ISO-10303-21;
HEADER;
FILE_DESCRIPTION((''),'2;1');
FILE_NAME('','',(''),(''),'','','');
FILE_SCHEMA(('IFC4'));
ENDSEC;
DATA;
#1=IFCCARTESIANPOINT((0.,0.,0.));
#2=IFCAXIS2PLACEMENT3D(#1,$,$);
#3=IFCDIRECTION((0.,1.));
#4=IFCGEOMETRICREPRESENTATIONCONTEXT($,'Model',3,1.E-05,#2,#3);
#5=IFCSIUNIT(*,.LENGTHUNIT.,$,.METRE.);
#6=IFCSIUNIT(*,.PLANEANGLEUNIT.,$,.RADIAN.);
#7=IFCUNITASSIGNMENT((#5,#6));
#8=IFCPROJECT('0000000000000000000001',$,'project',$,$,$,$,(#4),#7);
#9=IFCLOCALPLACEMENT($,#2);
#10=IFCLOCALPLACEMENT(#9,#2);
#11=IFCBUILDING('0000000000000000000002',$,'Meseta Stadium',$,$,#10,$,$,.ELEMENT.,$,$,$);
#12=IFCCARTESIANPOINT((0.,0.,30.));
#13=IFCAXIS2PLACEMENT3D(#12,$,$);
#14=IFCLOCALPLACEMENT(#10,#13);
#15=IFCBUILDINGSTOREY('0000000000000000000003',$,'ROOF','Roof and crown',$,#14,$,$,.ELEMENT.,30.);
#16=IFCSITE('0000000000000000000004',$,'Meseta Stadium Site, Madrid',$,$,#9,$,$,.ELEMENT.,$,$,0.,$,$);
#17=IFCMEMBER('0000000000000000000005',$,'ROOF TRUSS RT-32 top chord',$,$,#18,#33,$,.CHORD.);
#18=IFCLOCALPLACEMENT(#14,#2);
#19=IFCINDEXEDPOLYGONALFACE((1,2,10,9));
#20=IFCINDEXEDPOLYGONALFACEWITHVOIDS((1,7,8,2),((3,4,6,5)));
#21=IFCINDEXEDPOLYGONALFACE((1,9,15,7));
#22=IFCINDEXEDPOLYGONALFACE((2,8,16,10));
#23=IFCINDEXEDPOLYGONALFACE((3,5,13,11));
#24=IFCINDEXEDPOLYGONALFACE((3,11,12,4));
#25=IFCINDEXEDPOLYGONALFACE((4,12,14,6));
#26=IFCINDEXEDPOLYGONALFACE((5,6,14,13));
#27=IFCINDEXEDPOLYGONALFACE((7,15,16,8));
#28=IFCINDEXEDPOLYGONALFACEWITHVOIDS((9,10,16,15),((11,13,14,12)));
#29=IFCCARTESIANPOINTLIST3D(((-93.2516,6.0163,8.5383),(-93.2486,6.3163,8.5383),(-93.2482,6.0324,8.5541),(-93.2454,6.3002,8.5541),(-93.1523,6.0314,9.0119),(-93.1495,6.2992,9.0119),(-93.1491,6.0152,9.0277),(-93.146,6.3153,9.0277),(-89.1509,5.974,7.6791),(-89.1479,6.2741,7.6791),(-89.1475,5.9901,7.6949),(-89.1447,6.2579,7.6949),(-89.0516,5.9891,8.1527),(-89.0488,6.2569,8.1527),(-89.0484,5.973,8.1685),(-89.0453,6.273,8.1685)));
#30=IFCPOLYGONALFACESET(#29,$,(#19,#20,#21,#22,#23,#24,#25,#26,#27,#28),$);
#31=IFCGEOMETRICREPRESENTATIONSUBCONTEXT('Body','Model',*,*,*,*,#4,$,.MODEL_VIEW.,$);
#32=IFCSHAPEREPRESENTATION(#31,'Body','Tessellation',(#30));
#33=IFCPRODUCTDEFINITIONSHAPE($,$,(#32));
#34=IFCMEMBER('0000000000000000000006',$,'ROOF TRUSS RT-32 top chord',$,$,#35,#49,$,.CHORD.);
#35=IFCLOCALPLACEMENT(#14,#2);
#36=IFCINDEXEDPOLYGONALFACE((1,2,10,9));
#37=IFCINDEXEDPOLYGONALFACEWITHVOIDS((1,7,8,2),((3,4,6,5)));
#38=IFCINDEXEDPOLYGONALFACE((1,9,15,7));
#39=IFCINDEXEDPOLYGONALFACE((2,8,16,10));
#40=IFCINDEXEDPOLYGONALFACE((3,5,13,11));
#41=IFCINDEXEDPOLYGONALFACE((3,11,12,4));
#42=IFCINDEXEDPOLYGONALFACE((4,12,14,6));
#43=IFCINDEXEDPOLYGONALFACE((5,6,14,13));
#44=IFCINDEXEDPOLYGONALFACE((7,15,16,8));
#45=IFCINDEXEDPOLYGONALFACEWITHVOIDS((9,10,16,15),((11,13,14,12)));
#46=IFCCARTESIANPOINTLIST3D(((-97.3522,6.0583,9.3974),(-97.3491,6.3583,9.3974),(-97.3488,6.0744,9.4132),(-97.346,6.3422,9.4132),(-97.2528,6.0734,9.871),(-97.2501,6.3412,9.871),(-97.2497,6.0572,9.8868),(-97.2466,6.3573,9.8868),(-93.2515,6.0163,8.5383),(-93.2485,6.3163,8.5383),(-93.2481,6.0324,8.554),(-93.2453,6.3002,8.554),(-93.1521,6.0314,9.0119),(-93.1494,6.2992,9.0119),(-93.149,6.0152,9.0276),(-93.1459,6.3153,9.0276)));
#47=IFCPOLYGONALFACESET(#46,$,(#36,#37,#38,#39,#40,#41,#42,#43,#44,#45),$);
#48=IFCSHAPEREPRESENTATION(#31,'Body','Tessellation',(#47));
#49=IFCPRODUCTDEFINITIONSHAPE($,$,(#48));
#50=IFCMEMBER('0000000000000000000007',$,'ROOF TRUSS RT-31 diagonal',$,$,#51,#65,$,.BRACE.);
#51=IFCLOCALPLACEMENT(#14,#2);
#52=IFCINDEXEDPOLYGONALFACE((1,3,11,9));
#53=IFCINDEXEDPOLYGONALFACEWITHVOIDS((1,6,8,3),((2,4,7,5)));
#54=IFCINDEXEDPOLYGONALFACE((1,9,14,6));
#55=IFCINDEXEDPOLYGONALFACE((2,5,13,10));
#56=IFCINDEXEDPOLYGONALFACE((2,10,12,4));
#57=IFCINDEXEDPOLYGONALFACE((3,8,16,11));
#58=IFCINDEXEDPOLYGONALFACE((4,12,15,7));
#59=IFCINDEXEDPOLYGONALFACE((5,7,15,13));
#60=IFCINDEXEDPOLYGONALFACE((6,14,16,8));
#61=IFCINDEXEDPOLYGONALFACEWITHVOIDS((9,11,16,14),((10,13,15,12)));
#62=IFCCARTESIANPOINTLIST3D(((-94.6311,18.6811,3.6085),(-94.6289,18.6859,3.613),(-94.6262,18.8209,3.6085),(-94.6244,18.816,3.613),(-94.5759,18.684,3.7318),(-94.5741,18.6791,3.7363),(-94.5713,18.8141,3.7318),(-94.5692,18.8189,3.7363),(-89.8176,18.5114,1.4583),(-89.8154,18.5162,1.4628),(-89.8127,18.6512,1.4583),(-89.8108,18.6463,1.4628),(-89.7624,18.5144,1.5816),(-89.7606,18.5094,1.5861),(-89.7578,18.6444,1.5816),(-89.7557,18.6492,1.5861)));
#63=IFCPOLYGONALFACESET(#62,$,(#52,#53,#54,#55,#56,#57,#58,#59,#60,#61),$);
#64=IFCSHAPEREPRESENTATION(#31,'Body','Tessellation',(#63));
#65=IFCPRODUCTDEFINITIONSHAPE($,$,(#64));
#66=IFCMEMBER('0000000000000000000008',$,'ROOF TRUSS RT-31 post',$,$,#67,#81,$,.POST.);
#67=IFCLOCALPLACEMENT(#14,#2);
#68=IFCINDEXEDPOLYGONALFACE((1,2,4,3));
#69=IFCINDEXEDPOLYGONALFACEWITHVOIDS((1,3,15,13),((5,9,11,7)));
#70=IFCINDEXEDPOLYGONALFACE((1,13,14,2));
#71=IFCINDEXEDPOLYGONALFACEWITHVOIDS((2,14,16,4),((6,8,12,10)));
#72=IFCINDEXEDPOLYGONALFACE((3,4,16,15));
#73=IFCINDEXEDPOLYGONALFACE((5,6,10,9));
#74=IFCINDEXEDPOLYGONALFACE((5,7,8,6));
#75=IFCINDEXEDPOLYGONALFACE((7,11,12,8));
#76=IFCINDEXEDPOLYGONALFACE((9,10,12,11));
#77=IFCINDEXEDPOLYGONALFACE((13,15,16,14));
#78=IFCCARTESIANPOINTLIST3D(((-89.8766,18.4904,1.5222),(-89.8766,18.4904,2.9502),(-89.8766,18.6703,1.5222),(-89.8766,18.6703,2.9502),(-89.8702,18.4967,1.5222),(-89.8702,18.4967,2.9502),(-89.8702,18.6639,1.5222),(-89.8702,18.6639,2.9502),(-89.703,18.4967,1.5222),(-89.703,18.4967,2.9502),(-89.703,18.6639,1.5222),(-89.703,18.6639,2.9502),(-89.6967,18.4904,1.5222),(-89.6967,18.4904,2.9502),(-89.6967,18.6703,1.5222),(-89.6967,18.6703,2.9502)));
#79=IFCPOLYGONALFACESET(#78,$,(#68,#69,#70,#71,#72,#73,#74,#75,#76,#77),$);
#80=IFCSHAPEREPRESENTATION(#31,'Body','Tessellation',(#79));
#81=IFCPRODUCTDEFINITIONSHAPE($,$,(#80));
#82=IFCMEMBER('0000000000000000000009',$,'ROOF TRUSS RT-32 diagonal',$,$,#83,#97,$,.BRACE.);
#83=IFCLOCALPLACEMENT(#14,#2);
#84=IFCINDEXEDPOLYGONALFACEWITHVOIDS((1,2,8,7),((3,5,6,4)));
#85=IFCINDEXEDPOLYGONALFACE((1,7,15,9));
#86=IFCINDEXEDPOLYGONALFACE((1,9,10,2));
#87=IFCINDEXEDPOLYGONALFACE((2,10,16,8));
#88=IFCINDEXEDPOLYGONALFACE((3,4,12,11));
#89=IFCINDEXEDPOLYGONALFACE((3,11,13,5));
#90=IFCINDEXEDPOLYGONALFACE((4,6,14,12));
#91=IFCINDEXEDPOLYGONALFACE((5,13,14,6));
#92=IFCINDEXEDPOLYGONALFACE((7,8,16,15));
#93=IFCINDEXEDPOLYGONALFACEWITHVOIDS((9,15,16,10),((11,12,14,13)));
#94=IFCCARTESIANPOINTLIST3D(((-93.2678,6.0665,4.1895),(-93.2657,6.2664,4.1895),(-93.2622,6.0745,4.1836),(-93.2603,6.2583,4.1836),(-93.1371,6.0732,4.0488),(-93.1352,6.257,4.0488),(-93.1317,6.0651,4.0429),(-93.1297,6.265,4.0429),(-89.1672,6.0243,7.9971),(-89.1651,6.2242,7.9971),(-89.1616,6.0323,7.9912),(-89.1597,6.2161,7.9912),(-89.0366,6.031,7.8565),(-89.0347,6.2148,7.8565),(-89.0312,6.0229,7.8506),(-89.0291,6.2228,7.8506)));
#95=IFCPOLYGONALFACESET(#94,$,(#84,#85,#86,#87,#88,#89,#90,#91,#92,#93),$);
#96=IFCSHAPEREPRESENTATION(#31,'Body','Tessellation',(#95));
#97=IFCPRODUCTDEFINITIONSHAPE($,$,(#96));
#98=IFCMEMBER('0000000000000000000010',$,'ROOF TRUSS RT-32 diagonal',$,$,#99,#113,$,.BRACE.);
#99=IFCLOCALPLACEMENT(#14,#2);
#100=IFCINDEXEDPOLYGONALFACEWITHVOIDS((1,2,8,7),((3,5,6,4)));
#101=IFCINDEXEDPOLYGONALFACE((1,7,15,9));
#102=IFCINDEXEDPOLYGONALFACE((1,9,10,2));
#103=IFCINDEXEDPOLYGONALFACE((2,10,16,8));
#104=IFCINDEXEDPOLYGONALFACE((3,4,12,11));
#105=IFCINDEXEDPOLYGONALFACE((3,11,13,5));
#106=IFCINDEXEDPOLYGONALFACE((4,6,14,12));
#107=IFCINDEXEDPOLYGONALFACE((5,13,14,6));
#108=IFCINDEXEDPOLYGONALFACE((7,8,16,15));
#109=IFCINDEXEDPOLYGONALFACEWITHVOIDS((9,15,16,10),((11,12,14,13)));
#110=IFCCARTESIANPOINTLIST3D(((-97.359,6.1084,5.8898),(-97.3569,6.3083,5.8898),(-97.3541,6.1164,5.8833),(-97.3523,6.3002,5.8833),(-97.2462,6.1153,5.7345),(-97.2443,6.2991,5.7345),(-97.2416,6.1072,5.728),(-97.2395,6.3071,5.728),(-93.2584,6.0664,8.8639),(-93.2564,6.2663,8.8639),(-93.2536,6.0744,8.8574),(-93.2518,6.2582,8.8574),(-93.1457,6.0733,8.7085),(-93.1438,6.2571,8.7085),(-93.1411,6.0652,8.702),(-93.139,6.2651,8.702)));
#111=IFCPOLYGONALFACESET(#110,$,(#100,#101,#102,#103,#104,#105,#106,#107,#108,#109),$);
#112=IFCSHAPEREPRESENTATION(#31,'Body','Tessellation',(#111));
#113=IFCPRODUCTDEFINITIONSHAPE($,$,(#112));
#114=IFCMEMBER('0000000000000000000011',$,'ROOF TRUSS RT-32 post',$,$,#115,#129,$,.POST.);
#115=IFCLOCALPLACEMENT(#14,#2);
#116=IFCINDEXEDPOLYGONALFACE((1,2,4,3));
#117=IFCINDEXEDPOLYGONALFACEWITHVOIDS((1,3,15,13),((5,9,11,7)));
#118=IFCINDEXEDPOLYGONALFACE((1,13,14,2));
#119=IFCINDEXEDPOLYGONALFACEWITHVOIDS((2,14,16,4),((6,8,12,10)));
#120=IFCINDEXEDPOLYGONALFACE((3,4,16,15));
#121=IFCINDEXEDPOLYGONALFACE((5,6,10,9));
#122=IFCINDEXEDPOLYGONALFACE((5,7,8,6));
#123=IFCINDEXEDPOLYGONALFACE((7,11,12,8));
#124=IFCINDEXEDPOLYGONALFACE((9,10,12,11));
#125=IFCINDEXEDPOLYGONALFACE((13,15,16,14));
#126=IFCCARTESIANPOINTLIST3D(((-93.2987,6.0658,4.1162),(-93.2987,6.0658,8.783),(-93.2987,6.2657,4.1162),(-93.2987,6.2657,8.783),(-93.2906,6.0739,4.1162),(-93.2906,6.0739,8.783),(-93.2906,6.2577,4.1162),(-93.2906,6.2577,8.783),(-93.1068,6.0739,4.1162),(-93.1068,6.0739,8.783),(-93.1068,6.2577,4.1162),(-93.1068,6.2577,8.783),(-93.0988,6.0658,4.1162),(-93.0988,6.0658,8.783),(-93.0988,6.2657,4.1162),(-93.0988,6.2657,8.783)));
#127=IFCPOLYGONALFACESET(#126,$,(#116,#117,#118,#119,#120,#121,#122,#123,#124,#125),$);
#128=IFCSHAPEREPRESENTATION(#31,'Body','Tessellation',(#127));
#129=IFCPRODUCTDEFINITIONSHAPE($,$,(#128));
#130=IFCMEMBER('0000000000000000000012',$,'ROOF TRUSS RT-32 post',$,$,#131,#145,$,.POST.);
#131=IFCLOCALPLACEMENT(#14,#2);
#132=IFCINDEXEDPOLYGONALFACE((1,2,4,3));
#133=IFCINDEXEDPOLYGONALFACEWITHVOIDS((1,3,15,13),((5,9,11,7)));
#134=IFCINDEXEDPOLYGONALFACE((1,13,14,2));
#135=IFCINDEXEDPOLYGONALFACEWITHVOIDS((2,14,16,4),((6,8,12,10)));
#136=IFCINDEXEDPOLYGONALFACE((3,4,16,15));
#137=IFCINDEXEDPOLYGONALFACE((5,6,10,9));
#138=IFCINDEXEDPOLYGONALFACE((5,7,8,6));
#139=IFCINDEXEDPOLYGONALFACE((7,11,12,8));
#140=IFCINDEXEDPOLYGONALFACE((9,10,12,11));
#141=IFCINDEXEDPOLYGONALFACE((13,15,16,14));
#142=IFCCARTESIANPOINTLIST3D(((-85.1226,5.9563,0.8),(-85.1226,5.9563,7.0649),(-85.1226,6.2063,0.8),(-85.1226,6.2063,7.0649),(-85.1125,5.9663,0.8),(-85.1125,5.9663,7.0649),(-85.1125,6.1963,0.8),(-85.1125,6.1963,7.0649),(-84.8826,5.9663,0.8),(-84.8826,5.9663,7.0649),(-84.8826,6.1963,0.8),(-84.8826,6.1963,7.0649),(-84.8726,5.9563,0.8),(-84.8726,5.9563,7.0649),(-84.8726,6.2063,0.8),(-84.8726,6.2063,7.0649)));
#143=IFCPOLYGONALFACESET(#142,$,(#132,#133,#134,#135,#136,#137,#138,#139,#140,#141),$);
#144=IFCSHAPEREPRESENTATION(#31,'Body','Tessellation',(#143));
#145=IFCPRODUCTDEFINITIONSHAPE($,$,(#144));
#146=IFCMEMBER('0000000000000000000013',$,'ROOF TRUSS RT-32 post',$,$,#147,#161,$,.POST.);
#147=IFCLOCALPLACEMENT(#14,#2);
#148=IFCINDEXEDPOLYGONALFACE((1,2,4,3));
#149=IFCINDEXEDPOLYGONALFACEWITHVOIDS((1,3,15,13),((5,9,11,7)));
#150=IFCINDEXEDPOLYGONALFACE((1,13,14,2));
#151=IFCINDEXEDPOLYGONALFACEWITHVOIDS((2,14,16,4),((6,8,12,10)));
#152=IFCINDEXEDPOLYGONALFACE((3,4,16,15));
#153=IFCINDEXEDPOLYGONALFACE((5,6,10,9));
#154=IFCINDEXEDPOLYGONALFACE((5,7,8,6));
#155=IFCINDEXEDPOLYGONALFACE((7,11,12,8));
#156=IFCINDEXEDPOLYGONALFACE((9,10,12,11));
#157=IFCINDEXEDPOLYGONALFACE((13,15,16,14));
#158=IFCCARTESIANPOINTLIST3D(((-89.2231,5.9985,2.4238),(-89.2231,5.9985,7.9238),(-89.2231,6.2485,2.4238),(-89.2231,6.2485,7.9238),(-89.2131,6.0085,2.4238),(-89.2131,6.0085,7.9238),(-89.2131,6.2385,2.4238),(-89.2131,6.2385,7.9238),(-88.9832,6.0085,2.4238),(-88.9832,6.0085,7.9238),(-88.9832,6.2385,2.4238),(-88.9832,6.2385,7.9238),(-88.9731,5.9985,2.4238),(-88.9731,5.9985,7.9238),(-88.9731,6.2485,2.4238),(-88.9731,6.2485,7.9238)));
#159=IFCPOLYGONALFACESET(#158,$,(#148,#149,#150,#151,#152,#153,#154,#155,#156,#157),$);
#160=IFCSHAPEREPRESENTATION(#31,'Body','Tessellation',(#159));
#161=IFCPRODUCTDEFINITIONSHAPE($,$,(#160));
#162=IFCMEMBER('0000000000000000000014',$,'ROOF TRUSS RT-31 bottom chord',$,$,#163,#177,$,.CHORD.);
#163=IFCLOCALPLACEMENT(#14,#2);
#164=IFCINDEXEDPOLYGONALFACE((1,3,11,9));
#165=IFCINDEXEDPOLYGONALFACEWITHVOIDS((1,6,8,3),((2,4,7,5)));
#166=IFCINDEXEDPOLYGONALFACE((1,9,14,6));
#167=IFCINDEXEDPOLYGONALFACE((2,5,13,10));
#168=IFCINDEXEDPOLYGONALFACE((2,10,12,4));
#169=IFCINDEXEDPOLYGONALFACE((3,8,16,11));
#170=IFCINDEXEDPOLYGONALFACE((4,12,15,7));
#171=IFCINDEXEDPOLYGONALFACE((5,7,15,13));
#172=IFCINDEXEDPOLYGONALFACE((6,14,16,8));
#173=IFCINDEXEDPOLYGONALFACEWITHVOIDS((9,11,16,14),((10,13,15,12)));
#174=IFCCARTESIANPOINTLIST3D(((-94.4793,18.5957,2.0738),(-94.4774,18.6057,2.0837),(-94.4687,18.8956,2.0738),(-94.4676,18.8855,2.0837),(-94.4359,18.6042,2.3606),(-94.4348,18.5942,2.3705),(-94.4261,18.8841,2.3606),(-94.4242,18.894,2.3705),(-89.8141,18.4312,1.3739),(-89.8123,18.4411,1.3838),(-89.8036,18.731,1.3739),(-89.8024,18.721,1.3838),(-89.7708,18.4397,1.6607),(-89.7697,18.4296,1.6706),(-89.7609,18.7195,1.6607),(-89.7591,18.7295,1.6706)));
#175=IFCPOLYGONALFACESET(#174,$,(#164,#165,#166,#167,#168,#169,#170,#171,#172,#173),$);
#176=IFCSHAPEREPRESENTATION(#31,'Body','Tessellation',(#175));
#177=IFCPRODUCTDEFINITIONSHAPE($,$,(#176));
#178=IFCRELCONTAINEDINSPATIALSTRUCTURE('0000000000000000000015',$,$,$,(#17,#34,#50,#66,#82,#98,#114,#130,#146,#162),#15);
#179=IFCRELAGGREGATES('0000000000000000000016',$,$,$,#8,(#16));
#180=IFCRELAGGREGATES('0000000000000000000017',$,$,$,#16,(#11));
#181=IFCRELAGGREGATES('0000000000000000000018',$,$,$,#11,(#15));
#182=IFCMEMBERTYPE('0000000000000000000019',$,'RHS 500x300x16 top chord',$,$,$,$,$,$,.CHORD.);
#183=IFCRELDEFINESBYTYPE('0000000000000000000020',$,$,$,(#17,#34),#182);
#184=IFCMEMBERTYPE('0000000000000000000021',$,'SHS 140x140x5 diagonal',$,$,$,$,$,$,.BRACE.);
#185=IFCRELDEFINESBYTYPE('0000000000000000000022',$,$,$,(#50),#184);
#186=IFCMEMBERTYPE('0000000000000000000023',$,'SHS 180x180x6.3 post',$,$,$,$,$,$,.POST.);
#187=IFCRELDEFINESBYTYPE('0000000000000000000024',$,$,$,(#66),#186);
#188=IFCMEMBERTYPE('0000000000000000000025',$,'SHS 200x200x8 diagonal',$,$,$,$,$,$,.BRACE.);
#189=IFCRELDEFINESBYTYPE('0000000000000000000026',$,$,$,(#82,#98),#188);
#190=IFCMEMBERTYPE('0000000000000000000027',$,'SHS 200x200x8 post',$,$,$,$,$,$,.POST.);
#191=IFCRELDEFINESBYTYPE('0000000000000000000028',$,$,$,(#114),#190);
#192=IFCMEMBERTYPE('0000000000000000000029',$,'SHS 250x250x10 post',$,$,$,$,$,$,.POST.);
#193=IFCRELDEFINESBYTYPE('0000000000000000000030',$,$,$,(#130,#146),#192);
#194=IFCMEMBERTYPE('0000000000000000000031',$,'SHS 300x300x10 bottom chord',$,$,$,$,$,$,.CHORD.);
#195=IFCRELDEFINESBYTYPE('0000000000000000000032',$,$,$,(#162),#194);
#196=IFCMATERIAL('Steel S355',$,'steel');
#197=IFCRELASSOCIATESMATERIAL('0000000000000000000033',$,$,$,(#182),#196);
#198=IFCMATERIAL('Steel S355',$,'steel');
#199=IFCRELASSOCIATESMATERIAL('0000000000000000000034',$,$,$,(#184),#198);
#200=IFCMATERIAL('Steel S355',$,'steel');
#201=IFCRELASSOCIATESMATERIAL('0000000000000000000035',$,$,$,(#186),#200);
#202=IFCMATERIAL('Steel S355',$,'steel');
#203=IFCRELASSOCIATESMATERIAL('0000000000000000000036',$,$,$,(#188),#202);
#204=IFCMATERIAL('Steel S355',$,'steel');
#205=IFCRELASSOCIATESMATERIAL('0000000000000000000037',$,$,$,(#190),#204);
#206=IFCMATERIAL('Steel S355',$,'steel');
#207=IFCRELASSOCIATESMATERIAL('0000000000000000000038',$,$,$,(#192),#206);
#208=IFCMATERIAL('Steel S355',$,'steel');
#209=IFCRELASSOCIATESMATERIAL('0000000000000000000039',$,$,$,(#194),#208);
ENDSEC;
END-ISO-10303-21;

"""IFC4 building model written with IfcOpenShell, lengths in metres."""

from ifc_helpers import new_model, si_unit, direction, frame, origin, origin_2d, place, context, subcontext, project, spatial, hollow_rectangle, extrude, material, material_profile, profile_set, type_object, element, save


model = new_model("IFC4")

# Units and contexts
model_context = context("Model", 3, precision=1e-05, world=origin(), true_north=direction((0.0, 1.0)))
body_context = subcontext(model_context, "Body", "Model", "MODEL_VIEW")
ifc_project = project(units=[si_unit("LENGTHUNIT", "METRE"), si_unit("PLANEANGLEUNIT", "RADIAN")], contexts=[model_context])

# Site, building, storey
site_placement = place(None, origin())
site = spatial("IfcSite", under=ifc_project, at=site_placement, Name="Meseta Stadium Site, Madrid", CompositionType="ELEMENT", RefElevation=0.0)
building_placement = place(site_placement, origin())
building = spatial("IfcBuilding", under=site, at=building_placement, Name="Meseta Stadium", CompositionType="ELEMENT")
storey_placement = place(building_placement, frame((0.0, 0.0, 30.0)))
storey = spatial("IfcBuildingStorey", under=building, at=storey_placement, Name="ROOF", Description="Roof and crown", CompositionType="ELEMENT", Elevation=30.0)

# Members
ifc_material_1 = material(Name="Steel S355", Category="steel")
ifc_material_profile_1 = material_profile(ifc_material_1, hollow_rectangle(XDim=0.3, YDim=0.5, WallThickness=0.0161, at=origin_2d()), Name="RHS 500x300x16")
ifc_profile_set_1 = profile_set([ifc_material_profile_1], Name="Steel S355")
member_type_1 = type_object("IfcMemberType", Name="RHS 500x300x16 top chord", PredefinedType="CHORD", material=ifc_profile_set_1)
for number, where, z_axis, x_axis, name in (
    (1, (-89.0981, 6.1235, 7.9238), (-0.978699, 0.010081, 0.205051), (-0.0103, -0.999947, 0.0), "ROOF TRUSS RT-32 top chord"),
    (2, (-93.1987, 6.1658, 8.783), (-0.9787, 0.010022, 0.205051), (-0.01024, -0.999948, 0.0), "ROOF TRUSS RT-32 top chord"),
):
    element("IfcMember", number, at=place(storey_placement, frame(where, z_axis=z_axis, x_axis=x_axis)), inside=storey, type_object=member_type_1, Name=name, PredefinedType="CHORD", context=body_context, shape_type="SweptSolid", body=[
        extrude(hollow_rectangle(XDim=0.3, YDim=0.5, WallThickness=0.0161, at=origin_2d()), origin(), (0.0, 0.0, 1.0), 4.1899),
    ])
ifc_material_2 = material(Name="Steel S355", Category="steel")
ifc_material_profile_2 = material_profile(ifc_material_2, hollow_rectangle(XDim=0.1399, YDim=0.1399, WallThickness=0.0049, at=origin_2d()), Name="SHS 140x140x5")
ifc_profile_set_2 = profile_set([ifc_material_profile_2], Name="Steel S355")
member_type_2 = type_object("IfcMemberType", Name="SHS 140x140x5 diagonal", PredefinedType="BRACE", material=ifc_profile_set_2)
member_1_placement = place(storey_placement, frame((-89.7866, 18.5803, 1.5222), z_axis=(-0.912575, 0.032169, 0.407641), x_axis=(-0.035229, -0.999379, 0.0)))
element("IfcMember", 3, at=member_1_placement, inside=storey, type_object=member_type_2, Name="ROOF TRUSS RT-31 diagonal", PredefinedType="BRACE", context=body_context, shape_type="SweptSolid", body=[
    extrude(hollow_rectangle(XDim=0.1399, YDim=0.1399, WallThickness=0.0049, at=origin_2d()), origin(), (0.0, 0.0, 1.0), 5.2747),
])
ifc_material_3 = material(Name="Steel S355", Category="steel")
ifc_material_profile_3 = material_profile(ifc_material_3, hollow_rectangle(XDim=0.1799, YDim=0.1799, WallThickness=0.0063, at=origin_2d()), Name="SHS 180x180x6.3")
ifc_profile_set_3 = profile_set([ifc_material_profile_3], Name="Steel S355")
member_type_3 = type_object("IfcMemberType", Name="SHS 180x180x6.3 post", PredefinedType="POST", material=ifc_profile_set_3)
member_2_placement = place(storey_placement, frame((-89.7866, 18.5803, 1.5222), z_axis=(0.0, 0.0, 1.0), x_axis=(1.0, 0.0, 0.0)))
element("IfcMember", 4, at=member_2_placement, inside=storey, type_object=member_type_3, Name="ROOF TRUSS RT-31 post", PredefinedType="POST", context=body_context, shape_type="SweptSolid", body=[
    extrude(hollow_rectangle(XDim=0.1799, YDim=0.1799, WallThickness=0.0063, at=origin_2d()), origin(), (0.0, 0.0, 1.0), 1.428),
])
ifc_material_4 = material(Name="Steel S355", Category="steel")
ifc_material_profile_4 = material_profile(ifc_material_4, hollow_rectangle(XDim=0.2, YDim=0.2, WallThickness=0.0081, at=origin_2d()), Name="SHS 200x200x8")
ifc_profile_set_4 = profile_set([ifc_material_profile_4], Name="Steel S355")
member_type_4 = type_object("IfcMemberType", Name="SHS 200x200x8 diagonal", PredefinedType="BRACE", material=ifc_profile_set_4)
member_3_placement = place(storey_placement, frame((-89.0981, 6.1235, 7.9238), z_axis=(-0.732779, 0.007548, -0.680425), x_axis=(-0.0103, -0.999947, 0.0)))
element("IfcMember", 5, at=member_3_placement, inside=storey, type_object=member_type_4, Name="ROOF TRUSS RT-32 diagonal", PredefinedType="BRACE", context=body_context, shape_type="SweptSolid", body=[
    extrude(hollow_rectangle(XDim=0.2, YDim=0.2, WallThickness=0.0081, at=origin_2d()), origin(), (0.0, 0.0, 1.0), 5.5959),
])
member_4_placement = place(storey_placement, frame((-93.1987, 6.1658, 8.783), z_axis=(-0.80947, 0.008289, -0.587102), x_axis=(-0.01024, -0.999948, 0.0)))
element("IfcMember", 6, at=member_4_placement, inside=storey, type_object=member_type_4, Name="ROOF TRUSS RT-32 diagonal", PredefinedType="BRACE", context=body_context, shape_type="SweptSolid", body=[
    extrude(hollow_rectangle(XDim=0.2, YDim=0.2, WallThickness=0.0081, at=origin_2d()), origin(), (0.0, 0.0, 1.0), 5.0657),
])
ifc_material_5 = material(Name="Steel S355", Category="steel")
ifc_material_profile_5 = material_profile(ifc_material_5, hollow_rectangle(XDim=0.2, YDim=0.2, WallThickness=0.0081, at=origin_2d()), Name="SHS 200x200x8")
ifc_profile_set_5 = profile_set([ifc_material_profile_5], Name="Steel S355")
member_type_5 = type_object("IfcMemberType", Name="SHS 200x200x8 post", PredefinedType="POST", material=ifc_profile_set_5)
member_5_placement = place(storey_placement, frame((-93.1987, 6.1658, 4.1162), z_axis=(0.0, 0.0, 1.0), x_axis=(1.0, 0.0, 0.0)))
element("IfcMember", 7, at=member_5_placement, inside=storey, type_object=member_type_5, Name="ROOF TRUSS RT-32 post", PredefinedType="POST", context=body_context, shape_type="SweptSolid", body=[
    extrude(hollow_rectangle(XDim=0.2, YDim=0.2, WallThickness=0.0081, at=origin_2d()), origin(), (0.0, 0.0, 1.0), 4.6667),
])
ifc_material_6 = material(Name="Steel S355", Category="steel")
ifc_material_profile_6 = material_profile(ifc_material_6, hollow_rectangle(XDim=0.25, YDim=0.25, WallThickness=0.01, at=origin_2d()), Name="SHS 250x250x10")
ifc_profile_set_6 = profile_set([ifc_material_profile_6], Name="Steel S355")
member_type_6 = type_object("IfcMemberType", Name="SHS 250x250x10 post", PredefinedType="POST", material=ifc_profile_set_6)
member_6_placement = place(storey_placement, frame((-84.9976, 6.0813, 0.8), z_axis=(0.0, 0.0, 1.0), x_axis=(1.0, 0.0, 0.0)))
element("IfcMember", 8, at=member_6_placement, inside=storey, type_object=member_type_6, Name="ROOF TRUSS RT-32 post", PredefinedType="POST", context=body_context, shape_type="SweptSolid", body=[
    extrude(hollow_rectangle(XDim=0.25, YDim=0.25, WallThickness=0.01, at=origin_2d()), origin(), (0.0, 0.0, 1.0), 6.2649),
])
member_7_placement = place(storey_placement, frame((-89.0981, 6.1235, 2.4238), z_axis=(0.0, 0.0, 1.0), x_axis=(1.0, 0.0, 0.0)))
element("IfcMember", 9, at=member_7_placement, inside=storey, type_object=member_type_6, Name="ROOF TRUSS RT-32 post", PredefinedType="POST", context=body_context, shape_type="SweptSolid", body=[
    extrude(hollow_rectangle(XDim=0.25, YDim=0.25, WallThickness=0.01, at=origin_2d()), origin(), (0.0, 0.0, 1.0), 5.5),
])
ifc_material_7 = material(Name="Steel S355", Category="steel")
ifc_material_profile_7 = material_profile(ifc_material_7, hollow_rectangle(XDim=0.3, YDim=0.3, WallThickness=0.01, at=origin_2d()), Name="SHS 300x300x10")
ifc_profile_set_7 = profile_set([ifc_material_profile_7], Name="Steel S355")
member_type_7 = type_object("IfcMemberType", Name="SHS 300x300x10 bottom chord", PredefinedType="CHORD", material=ifc_profile_set_7)
member_8_placement = place(storey_placement, frame((-89.7866, 18.5803, 1.5222), z_axis=(-0.988329, 0.034862, 0.148291), x_axis=(-0.035251, -0.999378, 0.0)))
element("IfcMember", 10, at=member_8_placement, inside=storey, type_object=member_type_7, Name="ROOF TRUSS RT-31 bottom chord", PredefinedType="CHORD", context=body_context, shape_type="SweptSolid", body=[
    extrude(hollow_rectangle(XDim=0.3, YDim=0.3, WallThickness=0.01, at=origin_2d()), origin(), (0.0, 0.0, 1.0), 4.7202),
])

save(model, "model.ifc")
